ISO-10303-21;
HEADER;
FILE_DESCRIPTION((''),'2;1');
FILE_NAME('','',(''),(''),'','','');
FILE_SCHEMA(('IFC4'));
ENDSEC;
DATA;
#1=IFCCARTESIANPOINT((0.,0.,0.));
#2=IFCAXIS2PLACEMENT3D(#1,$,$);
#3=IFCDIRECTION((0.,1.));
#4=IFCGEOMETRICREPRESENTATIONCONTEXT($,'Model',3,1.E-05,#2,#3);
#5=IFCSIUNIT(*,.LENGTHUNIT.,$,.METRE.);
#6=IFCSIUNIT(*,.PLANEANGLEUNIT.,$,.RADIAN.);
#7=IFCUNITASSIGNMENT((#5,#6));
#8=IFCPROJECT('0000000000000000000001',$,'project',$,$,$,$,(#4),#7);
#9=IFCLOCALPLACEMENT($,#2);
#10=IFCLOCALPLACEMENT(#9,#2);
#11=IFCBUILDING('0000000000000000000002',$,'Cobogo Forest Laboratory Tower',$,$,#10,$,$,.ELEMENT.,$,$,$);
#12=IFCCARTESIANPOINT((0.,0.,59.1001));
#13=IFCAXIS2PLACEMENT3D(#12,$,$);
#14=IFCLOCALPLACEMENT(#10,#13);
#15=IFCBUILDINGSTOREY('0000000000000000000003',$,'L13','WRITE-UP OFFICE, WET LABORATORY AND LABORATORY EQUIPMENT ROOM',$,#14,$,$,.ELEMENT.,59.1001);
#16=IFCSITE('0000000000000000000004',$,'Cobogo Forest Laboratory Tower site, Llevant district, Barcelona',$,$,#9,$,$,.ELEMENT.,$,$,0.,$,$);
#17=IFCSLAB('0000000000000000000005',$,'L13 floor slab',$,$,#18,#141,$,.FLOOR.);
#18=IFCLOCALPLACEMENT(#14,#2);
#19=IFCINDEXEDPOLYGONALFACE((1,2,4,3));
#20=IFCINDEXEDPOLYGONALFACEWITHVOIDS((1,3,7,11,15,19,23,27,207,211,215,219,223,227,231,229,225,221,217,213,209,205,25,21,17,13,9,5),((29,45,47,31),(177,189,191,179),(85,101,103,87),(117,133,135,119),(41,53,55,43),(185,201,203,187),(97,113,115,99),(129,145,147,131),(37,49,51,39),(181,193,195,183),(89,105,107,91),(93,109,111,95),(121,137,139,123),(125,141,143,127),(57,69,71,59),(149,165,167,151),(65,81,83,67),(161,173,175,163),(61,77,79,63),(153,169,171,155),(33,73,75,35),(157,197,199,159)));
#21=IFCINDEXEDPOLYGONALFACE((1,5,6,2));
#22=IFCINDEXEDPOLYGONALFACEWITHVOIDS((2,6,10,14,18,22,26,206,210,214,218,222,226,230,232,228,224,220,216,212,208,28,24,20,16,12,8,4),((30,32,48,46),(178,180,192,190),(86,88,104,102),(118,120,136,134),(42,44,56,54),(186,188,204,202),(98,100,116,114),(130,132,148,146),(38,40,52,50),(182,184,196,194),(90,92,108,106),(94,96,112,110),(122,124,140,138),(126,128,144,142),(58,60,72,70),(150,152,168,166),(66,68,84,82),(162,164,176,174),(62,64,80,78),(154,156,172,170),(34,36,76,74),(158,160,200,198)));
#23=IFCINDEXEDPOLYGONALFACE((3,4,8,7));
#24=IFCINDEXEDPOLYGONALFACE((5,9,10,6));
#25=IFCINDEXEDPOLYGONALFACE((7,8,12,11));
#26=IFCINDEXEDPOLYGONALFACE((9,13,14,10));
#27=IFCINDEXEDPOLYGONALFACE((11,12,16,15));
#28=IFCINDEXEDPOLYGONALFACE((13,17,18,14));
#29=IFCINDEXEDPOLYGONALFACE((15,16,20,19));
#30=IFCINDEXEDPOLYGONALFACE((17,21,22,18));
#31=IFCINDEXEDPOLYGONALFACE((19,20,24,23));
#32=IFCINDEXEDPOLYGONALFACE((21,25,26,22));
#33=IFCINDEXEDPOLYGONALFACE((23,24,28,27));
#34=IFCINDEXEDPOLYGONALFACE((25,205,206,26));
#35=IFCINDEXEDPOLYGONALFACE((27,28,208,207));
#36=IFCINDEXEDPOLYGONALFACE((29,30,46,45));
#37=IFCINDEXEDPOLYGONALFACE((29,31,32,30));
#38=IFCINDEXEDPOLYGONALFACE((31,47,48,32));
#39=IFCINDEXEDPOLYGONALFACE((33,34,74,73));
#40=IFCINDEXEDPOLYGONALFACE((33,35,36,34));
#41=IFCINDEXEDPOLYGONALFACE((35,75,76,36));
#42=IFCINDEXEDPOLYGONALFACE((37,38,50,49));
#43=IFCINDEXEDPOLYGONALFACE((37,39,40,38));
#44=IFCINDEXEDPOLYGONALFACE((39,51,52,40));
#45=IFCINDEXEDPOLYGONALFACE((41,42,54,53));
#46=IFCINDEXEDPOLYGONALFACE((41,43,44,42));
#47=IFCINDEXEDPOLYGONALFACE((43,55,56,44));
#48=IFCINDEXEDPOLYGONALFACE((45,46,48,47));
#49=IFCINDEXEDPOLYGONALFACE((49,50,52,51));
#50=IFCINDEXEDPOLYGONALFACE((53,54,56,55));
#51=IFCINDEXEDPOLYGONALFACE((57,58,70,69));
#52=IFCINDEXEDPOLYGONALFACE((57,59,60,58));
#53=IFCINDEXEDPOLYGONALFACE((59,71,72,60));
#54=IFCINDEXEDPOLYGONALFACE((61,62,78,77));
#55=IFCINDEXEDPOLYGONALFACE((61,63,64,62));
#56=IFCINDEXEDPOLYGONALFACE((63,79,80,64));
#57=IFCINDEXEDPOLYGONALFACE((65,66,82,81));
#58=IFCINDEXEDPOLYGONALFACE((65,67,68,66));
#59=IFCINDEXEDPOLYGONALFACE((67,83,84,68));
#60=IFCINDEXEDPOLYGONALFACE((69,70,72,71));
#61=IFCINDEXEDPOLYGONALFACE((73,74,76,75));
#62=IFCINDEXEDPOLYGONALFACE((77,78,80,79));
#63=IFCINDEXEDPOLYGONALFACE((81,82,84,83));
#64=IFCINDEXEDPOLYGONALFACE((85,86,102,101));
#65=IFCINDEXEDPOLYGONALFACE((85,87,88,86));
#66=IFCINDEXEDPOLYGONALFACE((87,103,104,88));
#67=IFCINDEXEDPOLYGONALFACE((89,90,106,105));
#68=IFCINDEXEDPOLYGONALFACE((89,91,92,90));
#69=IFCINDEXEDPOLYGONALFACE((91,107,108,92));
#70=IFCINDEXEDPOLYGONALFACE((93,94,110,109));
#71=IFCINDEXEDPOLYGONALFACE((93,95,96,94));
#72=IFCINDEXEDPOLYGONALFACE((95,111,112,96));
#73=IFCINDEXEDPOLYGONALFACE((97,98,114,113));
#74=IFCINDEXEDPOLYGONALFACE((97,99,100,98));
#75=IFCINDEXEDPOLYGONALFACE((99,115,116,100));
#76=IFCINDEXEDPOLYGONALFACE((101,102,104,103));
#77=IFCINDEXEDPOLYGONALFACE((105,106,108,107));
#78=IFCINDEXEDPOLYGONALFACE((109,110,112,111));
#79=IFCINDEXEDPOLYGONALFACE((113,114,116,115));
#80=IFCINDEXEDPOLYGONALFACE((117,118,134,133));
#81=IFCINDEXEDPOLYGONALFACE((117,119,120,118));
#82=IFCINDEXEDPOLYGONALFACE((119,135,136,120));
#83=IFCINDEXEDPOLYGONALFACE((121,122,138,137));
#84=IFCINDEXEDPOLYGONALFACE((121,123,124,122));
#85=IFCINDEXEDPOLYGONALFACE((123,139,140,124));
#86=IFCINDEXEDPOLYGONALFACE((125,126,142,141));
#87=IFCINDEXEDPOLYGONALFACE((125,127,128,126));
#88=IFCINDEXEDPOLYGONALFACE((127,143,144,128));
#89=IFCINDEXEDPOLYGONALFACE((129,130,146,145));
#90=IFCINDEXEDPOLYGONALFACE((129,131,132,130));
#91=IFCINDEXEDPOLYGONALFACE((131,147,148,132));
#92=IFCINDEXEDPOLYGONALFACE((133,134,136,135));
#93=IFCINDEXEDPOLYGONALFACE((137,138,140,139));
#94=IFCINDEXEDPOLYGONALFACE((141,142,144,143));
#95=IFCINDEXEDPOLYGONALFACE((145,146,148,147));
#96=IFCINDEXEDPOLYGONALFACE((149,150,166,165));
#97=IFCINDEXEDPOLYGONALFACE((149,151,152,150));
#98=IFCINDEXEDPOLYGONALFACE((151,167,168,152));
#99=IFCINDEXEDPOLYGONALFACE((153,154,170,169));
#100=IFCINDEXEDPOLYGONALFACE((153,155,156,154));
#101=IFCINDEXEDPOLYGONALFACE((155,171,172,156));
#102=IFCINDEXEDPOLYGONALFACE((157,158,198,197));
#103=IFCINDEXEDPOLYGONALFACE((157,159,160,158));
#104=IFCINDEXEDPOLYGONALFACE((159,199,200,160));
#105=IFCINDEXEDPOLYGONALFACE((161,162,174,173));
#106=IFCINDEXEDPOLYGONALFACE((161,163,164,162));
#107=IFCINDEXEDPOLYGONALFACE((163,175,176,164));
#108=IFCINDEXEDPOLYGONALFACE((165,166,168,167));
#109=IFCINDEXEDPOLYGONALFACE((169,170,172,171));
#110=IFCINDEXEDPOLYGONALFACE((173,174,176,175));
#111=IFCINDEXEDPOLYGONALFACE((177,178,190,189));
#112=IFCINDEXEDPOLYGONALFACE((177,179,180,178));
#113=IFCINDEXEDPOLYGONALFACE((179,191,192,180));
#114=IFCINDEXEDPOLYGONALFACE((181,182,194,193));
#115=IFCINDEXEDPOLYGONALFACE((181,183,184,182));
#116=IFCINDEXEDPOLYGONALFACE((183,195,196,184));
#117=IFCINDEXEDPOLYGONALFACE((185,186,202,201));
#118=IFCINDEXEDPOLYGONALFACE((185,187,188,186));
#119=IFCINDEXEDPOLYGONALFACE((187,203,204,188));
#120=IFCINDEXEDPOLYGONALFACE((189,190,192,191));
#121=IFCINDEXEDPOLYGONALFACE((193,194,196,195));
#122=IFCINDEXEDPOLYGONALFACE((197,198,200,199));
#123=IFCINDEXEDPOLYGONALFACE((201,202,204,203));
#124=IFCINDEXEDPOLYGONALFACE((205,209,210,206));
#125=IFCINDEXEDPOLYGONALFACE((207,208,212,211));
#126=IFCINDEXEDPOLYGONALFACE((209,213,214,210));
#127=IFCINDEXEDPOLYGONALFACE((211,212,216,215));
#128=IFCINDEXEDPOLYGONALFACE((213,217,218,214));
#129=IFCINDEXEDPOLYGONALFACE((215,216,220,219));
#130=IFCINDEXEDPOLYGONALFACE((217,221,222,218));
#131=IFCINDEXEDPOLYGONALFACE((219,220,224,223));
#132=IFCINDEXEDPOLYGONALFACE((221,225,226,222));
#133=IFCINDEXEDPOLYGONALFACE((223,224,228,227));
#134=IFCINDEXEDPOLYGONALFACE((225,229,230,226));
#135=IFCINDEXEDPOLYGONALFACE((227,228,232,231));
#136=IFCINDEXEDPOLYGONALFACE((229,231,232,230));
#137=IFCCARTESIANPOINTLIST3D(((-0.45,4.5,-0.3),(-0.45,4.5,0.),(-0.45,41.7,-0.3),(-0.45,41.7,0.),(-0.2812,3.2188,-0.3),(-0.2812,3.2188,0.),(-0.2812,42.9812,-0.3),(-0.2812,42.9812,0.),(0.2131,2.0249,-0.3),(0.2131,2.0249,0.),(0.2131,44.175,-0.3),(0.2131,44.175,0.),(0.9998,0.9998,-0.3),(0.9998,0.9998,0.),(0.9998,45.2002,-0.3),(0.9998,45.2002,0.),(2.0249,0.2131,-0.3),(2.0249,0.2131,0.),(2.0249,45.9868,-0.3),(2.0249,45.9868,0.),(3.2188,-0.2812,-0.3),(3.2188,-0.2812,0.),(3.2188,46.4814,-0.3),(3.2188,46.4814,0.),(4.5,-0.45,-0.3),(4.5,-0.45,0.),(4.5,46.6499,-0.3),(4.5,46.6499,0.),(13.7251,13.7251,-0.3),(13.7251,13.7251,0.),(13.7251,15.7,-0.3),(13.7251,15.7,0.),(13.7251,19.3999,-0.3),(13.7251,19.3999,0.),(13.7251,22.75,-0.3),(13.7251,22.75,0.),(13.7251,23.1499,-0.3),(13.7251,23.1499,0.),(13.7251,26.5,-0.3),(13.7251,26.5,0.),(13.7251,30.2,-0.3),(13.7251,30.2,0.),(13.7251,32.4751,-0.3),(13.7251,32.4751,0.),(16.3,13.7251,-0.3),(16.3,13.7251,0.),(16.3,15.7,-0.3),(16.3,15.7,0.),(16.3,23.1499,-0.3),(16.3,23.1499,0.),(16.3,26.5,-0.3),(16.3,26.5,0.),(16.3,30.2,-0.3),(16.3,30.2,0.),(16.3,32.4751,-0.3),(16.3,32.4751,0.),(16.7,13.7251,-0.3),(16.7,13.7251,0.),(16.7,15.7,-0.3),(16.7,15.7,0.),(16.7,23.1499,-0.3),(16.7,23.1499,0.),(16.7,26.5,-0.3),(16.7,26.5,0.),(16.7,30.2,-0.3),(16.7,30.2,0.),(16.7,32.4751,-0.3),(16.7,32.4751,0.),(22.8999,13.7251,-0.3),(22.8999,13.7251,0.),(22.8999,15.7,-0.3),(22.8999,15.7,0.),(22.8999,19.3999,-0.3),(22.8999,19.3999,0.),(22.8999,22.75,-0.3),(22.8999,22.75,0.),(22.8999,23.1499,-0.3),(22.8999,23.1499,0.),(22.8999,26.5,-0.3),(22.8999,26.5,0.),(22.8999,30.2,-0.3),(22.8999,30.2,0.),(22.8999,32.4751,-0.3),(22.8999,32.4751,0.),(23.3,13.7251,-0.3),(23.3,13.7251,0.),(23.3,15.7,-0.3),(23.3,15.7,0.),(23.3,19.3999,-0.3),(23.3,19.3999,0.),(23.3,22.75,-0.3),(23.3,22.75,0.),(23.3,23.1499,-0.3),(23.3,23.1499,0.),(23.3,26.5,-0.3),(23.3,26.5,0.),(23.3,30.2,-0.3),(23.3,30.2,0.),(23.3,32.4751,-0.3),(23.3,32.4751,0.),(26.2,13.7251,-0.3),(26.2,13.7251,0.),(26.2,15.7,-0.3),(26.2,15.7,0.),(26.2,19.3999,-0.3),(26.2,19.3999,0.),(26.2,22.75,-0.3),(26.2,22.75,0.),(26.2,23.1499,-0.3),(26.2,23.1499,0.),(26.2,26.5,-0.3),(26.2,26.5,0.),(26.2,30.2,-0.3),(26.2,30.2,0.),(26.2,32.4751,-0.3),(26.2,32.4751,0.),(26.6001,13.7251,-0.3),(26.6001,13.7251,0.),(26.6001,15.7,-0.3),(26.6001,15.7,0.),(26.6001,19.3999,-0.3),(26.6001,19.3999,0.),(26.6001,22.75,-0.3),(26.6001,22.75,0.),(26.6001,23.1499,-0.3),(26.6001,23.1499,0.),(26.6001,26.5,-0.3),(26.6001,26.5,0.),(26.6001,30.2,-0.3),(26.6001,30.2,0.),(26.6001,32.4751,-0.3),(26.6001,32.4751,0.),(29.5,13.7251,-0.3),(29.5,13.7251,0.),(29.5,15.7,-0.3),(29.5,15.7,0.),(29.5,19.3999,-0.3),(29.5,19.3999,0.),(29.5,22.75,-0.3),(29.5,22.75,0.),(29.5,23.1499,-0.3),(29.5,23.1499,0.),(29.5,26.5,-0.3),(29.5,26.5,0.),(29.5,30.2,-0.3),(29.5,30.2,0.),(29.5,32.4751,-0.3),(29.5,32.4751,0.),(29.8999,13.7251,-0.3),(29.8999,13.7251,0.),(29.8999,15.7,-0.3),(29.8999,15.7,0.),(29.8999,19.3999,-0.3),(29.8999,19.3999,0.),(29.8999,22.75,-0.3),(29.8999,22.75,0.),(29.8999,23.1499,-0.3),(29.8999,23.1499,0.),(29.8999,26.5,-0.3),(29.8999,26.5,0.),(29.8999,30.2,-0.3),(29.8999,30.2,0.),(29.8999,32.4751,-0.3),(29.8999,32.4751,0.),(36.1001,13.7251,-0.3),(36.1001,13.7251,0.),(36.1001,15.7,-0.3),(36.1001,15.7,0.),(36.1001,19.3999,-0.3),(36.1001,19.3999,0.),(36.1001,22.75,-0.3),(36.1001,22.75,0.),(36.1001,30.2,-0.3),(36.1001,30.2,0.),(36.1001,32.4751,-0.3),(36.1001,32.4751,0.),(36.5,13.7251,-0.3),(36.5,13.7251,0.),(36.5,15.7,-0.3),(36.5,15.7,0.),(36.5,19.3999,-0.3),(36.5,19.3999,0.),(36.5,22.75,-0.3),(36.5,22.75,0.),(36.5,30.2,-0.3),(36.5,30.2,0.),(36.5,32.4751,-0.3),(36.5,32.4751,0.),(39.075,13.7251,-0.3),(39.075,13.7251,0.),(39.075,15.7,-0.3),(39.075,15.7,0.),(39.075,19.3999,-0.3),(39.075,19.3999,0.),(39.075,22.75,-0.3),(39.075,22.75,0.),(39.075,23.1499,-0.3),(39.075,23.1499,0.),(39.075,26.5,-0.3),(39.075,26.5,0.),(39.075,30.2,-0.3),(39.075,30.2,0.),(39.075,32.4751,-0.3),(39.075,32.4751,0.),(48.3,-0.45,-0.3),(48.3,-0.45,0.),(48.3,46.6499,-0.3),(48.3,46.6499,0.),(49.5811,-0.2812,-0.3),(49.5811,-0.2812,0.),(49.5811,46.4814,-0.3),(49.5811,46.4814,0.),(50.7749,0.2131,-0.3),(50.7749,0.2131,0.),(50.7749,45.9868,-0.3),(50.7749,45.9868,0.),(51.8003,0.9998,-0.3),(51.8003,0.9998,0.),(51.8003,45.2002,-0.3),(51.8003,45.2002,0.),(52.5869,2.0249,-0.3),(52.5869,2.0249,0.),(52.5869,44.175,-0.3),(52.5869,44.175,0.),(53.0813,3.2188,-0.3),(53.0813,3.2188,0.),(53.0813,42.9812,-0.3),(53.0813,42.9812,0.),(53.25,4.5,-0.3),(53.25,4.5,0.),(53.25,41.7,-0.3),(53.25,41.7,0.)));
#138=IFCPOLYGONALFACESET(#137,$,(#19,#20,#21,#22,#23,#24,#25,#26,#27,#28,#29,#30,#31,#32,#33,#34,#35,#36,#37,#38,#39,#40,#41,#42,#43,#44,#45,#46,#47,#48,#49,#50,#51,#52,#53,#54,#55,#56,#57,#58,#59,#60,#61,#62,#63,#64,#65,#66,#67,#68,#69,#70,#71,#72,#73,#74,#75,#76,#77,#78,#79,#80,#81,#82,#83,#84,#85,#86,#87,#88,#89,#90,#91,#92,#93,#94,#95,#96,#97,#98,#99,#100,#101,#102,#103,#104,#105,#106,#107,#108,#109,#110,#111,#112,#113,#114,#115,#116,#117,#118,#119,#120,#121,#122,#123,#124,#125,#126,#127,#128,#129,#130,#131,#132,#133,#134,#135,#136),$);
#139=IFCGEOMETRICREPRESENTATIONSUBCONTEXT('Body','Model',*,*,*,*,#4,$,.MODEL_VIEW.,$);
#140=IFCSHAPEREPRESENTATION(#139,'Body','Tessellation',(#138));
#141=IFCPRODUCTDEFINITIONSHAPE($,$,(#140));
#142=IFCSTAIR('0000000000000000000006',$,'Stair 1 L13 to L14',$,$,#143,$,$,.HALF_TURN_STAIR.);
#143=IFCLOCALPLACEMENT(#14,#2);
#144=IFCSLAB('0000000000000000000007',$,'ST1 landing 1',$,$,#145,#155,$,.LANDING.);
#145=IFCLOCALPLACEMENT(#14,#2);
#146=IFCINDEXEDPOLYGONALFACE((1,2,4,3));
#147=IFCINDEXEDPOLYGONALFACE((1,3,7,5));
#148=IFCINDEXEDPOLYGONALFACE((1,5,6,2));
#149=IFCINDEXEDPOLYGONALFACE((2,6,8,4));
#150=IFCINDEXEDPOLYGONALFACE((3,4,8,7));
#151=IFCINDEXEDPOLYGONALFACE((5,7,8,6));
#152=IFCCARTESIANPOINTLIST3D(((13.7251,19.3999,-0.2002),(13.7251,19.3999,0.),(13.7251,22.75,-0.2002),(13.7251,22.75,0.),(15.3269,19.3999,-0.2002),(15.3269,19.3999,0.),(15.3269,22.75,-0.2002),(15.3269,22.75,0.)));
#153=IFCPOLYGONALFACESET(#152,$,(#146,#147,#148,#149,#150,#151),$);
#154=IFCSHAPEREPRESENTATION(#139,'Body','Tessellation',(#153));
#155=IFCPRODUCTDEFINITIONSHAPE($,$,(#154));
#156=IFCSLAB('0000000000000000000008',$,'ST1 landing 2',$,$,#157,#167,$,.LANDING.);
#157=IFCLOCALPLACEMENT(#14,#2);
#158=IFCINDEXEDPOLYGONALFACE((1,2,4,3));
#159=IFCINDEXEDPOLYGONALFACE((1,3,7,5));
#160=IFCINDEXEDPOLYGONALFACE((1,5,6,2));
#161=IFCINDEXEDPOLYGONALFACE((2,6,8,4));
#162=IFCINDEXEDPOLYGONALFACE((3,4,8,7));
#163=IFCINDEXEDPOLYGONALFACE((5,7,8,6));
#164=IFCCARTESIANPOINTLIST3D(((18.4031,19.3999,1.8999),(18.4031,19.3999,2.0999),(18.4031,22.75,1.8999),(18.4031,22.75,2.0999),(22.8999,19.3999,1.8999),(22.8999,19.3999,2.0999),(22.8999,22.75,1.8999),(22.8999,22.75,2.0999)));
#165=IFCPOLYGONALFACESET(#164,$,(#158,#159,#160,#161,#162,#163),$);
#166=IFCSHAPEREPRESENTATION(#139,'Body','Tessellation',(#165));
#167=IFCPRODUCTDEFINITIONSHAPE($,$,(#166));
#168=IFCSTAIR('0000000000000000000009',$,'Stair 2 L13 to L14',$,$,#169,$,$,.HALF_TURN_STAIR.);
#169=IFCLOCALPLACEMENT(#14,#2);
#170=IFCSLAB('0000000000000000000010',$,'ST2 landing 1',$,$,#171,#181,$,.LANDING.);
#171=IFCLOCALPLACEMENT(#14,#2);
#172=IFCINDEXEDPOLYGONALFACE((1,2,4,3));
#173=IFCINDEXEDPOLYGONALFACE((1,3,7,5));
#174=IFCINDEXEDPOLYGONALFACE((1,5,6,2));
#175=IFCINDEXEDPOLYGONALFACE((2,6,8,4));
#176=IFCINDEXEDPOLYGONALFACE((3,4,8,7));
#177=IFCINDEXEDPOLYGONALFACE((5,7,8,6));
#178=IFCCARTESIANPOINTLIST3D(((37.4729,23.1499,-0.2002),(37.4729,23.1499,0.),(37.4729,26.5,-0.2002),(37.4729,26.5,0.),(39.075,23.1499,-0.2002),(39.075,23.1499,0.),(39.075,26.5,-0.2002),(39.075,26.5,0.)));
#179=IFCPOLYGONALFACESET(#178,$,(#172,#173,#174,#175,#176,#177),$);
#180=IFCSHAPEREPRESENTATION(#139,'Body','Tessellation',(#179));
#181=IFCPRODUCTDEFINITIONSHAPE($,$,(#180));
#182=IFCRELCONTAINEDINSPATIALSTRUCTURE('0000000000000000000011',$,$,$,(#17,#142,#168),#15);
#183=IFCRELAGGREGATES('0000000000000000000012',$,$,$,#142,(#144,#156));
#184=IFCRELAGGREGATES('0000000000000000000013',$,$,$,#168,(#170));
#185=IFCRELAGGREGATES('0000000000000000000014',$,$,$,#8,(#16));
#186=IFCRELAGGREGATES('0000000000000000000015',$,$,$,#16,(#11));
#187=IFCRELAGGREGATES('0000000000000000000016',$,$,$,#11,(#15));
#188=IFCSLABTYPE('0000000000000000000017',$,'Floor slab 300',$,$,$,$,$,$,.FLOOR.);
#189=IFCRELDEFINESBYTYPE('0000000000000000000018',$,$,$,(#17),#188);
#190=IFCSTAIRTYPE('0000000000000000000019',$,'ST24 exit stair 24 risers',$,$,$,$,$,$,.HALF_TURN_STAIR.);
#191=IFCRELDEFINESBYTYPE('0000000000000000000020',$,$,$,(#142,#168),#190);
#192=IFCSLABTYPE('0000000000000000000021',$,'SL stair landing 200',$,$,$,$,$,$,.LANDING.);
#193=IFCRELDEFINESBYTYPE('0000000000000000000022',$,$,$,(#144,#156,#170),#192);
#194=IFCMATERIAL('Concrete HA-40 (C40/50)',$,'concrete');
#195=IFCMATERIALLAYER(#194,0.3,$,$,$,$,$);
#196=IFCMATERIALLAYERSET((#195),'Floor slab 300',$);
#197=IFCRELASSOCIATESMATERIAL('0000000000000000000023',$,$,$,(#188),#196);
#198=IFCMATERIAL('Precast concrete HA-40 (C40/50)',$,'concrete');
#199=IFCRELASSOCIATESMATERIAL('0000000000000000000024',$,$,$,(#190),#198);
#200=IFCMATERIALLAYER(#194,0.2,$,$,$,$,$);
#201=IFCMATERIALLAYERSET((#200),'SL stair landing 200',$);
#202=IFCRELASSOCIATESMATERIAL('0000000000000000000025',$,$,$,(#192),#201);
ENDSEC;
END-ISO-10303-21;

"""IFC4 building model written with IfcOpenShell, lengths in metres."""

from ifc_helpers import new_model, si_unit, direction, frame, origin, place, context, subcontext, project, spatial, polyline, outline, extrude, material, layer, layer_set, type_object, element, aggregate, save


model = new_model("IFC4")

# Units and contexts
model_context = context("Model", 3, precision=1e-05, world=origin(), true_north=direction((0.0, 1.0)))
body_context = subcontext(model_context, "Body", "Model", "MODEL_VIEW")
ifc_project = project(units=[si_unit("LENGTHUNIT", "METRE"), si_unit("PLANEANGLEUNIT", "RADIAN")], contexts=[model_context])

# Site, building, storey
site_placement = place(None, origin())
site = spatial("IfcSite", under=ifc_project, at=site_placement, Name="Cobogo Forest Laboratory Tower site, Llevant district, Barcelona", CompositionType="ELEMENT", RefElevation=0.0)
building_placement = place(site_placement, origin())
building = spatial("IfcBuilding", under=site, at=building_placement, Name="Cobogo Forest Laboratory Tower", CompositionType="ELEMENT")
storey_placement = place(building_placement, frame((0.0, 0.0, 59.1001)))
storey = spatial("IfcBuildingStorey", under=building, at=storey_placement, Name="L13", Description="WRITE-UP OFFICE, WET LABORATORY AND LABORATORY EQUIPMENT ROOM", CompositionType="ELEMENT", Elevation=59.1001)

# Slab
ifc_material_1 = material(Name="Concrete HA-40 (C40/50)", Category="concrete")
ifc_layer_1 = layer(ifc_material_1, 0.3)
ifc_layer_set_1 = layer_set([ifc_layer_1], Name="Floor slab 300")
slab_type_1 = type_object("IfcSlabType", Name="Floor slab 300", PredefinedType="FLOOR", material=ifc_layer_set_1)
slab_1_placement = place(storey_placement, frame((0.0, 0.0, -0.3)))
element("IfcSlab", 1, at=slab_1_placement, inside=storey, type_object=slab_type_1, Name="L13 floor slab", PredefinedType="FLOOR", context=body_context, shape_type="SweptSolid", body=[
    extrude(outline(polyline([(48.3, -0.45), (49.5811, -0.2812), (50.7749, 0.2131), (51.8003, 0.9998), (52.5869, 2.0249), (53.0813, 3.2188), (53.25, 4.5), (53.25, 41.7), (53.0813, 42.9812), (52.5869, 44.175), (51.8003, 45.2002), (50.7749, 45.9868), (49.5811, 46.4814), (48.3, 46.6499), (4.5, 46.6499), (3.2188, 46.4814), (2.0249, 45.9868), (0.9998, 45.2002), (0.2131, 44.175), (-0.2812, 42.9812), (-0.45, 41.7), (-0.45, 4.5), (-0.2812, 3.2188), (0.2131, 2.0249), (0.9998, 0.9998), (2.0249, 0.2131), (3.2188, -0.2812), (4.5, -0.45), (48.3, -0.45)]), holes=[polyline([(16.3, 13.7251), (13.7251, 13.7251), (13.7251, 15.7), (16.3, 15.7), (16.3, 13.7251)]), polyline([(22.8999, 15.7), (22.8999, 13.7251), (16.7, 13.7251), (16.7, 15.7), (22.8999, 15.7)]), polyline([(23.3, 13.7251), (23.3, 15.7), (26.2, 15.7), (26.2, 13.7251), (23.3, 13.7251)]), polyline([(29.5, 13.7251), (26.6001, 13.7251), (26.6001, 15.7), (29.5, 15.7), (29.5, 13.7251)]), polyline([(36.1001, 15.7), (36.1001, 13.7251), (29.8999, 13.7251), (29.8999, 15.7), (36.1001, 15.7)]), polyline([(36.5, 13.7251), (36.5, 15.7), (39.075, 15.7), (39.075, 13.7251), (36.5, 13.7251)]), polyline([(13.7251, 19.3999), (13.7251, 22.75), (22.8999, 22.75), (22.8999, 19.3999), (13.7251, 19.3999)]), polyline([(23.3, 19.3999), (23.3, 22.75), (26.2, 22.75), (26.2, 19.3999), (23.3, 19.3999)]), polyline([(26.6001, 19.3999), (26.6001, 22.75), (29.5, 22.75), (29.5, 19.3999), (26.6001, 19.3999)]), polyline([(36.1001, 22.75), (36.1001, 19.3999), (29.8999, 19.3999), (29.8999, 22.75), (36.1001, 22.75)]), polyline([(39.075, 19.3999), (36.5, 19.3999), (36.5, 22.75), (39.075, 22.75), (39.075, 19.3999)]), polyline([(13.7251, 23.1499), (13.7251, 26.5), (16.3, 26.5), (16.3, 23.1499), (13.7251, 23.1499)]), polyline([(22.8999, 26.5), (22.8999, 23.1499), (16.7, 23.1499), (16.7, 26.5), (22.8999, 26.5)]), polyline([(23.3, 23.1499), (23.3, 26.5), (26.2, 26.5), (26.2, 23.1499), (23.3, 23.1499)]), polyline([(26.6001, 23.1499), (26.6001, 26.5), (29.5, 26.5), (29.5, 23.1499), (26.6001, 23.1499)]), polyline([(29.8999, 23.1499), (29.8999, 26.5), (39.075, 26.5), (39.075, 23.1499), (29.8999, 23.1499)]), polyline([(13.7251, 30.2), (13.7251, 32.4751), (16.3, 32.4751), (16.3, 30.2), (13.7251, 30.2)]), polyline([(22.8999, 32.4751), (22.8999, 30.2), (16.7, 30.2), (16.7, 32.4751), (22.8999, 32.4751)]), polyline([(23.3, 30.2), (23.3, 32.4751), (26.2, 32.4751), (26.2, 30.2), (23.3, 30.2)]), polyline([(26.6001, 30.2), (26.6001, 32.4751), (29.5, 32.4751), (29.5, 30.2), (26.6001, 30.2)]), polyline([(36.1001, 32.4751), (36.1001, 30.2), (29.8999, 30.2), (29.8999, 32.4751), (36.1001, 32.4751)]), polyline([(36.5, 30.2), (36.5, 32.4751), (39.075, 32.4751), (39.075, 30.2), (36.5, 30.2)])]), origin(), (0.0, 0.0, 1.0), 0.3),
])

# Stairs, slabs
ifc_material_2 = material(Name="Precast concrete HA-40 (C40/50)", Category="concrete")
stair_type = type_object("IfcStairType", Name="ST24 exit stair 24 risers", PredefinedType="HALF_TURN_STAIR", material=ifc_material_2)
stair_1_placement = place(storey_placement, origin())
stair_1 = element("IfcStair", 2, at=stair_1_placement, inside=storey, type_object=stair_type, Name="Stair 1 L13 to L14", PredefinedType="HALF_TURN_STAIR")
ifc_layer_2 = layer(ifc_material_1, 0.2)
ifc_layer_set_2 = layer_set([ifc_layer_2], Name="SL stair landing 200")
slab_type_2 = type_object("IfcSlabType", Name="SL stair landing 200", PredefinedType="LANDING", material=ifc_layer_set_2)
slab_2_placement = place(storey_placement, frame((0.0, 0.0, -0.2002)))
slab_2 = element("IfcSlab", 3, at=slab_2_placement, type_object=slab_type_2, Name="ST1 landing 1", PredefinedType="LANDING", context=body_context, shape_type="SweptSolid", body=[
    extrude(outline(polyline([(13.7251, 19.3999), (15.3269, 19.3999), (15.3269, 22.75), (13.7251, 22.75), (13.7251, 19.3999)])), origin(), (0.0, 0.0, 1.0), 0.2002),
])
slab_3_placement = place(storey_placement, frame((0.0, 0.0, 1.8999)))
slab_3 = element("IfcSlab", 4, at=slab_3_placement, type_object=slab_type_2, Name="ST1 landing 2", PredefinedType="LANDING", context=body_context, shape_type="SweptSolid", body=[
    extrude(outline(polyline([(18.4031, 19.3999), (22.8999, 19.3999), (22.8999, 22.75), (18.4031, 22.75), (18.4031, 19.3999)])), origin(), (0.0, 0.0, 1.0), 0.2),
])
aggregate(stair_1, [slab_2, slab_3])
stair_2_placement = place(storey_placement, origin())
stair_2 = element("IfcStair", 5, at=stair_2_placement, inside=storey, type_object=stair_type, Name="Stair 2 L13 to L14", PredefinedType="HALF_TURN_STAIR")
slab_4_placement = place(storey_placement, frame((0.0, 0.0, -0.2002)))
slab_4 = element("IfcSlab", 6, at=slab_4_placement, type_object=slab_type_2, Name="ST2 landing 1", PredefinedType="LANDING", context=body_context, shape_type="SweptSolid", body=[
    extrude(outline(polyline([(37.4729, 23.1499), (39.075, 23.1499), (39.075, 26.5), (37.4729, 26.5), (37.4729, 23.1499)])), origin(), (0.0, 0.0, 1.0), 0.2002),
])
aggregate(stair_2, [slab_4])

save(model, "model.ifc")
